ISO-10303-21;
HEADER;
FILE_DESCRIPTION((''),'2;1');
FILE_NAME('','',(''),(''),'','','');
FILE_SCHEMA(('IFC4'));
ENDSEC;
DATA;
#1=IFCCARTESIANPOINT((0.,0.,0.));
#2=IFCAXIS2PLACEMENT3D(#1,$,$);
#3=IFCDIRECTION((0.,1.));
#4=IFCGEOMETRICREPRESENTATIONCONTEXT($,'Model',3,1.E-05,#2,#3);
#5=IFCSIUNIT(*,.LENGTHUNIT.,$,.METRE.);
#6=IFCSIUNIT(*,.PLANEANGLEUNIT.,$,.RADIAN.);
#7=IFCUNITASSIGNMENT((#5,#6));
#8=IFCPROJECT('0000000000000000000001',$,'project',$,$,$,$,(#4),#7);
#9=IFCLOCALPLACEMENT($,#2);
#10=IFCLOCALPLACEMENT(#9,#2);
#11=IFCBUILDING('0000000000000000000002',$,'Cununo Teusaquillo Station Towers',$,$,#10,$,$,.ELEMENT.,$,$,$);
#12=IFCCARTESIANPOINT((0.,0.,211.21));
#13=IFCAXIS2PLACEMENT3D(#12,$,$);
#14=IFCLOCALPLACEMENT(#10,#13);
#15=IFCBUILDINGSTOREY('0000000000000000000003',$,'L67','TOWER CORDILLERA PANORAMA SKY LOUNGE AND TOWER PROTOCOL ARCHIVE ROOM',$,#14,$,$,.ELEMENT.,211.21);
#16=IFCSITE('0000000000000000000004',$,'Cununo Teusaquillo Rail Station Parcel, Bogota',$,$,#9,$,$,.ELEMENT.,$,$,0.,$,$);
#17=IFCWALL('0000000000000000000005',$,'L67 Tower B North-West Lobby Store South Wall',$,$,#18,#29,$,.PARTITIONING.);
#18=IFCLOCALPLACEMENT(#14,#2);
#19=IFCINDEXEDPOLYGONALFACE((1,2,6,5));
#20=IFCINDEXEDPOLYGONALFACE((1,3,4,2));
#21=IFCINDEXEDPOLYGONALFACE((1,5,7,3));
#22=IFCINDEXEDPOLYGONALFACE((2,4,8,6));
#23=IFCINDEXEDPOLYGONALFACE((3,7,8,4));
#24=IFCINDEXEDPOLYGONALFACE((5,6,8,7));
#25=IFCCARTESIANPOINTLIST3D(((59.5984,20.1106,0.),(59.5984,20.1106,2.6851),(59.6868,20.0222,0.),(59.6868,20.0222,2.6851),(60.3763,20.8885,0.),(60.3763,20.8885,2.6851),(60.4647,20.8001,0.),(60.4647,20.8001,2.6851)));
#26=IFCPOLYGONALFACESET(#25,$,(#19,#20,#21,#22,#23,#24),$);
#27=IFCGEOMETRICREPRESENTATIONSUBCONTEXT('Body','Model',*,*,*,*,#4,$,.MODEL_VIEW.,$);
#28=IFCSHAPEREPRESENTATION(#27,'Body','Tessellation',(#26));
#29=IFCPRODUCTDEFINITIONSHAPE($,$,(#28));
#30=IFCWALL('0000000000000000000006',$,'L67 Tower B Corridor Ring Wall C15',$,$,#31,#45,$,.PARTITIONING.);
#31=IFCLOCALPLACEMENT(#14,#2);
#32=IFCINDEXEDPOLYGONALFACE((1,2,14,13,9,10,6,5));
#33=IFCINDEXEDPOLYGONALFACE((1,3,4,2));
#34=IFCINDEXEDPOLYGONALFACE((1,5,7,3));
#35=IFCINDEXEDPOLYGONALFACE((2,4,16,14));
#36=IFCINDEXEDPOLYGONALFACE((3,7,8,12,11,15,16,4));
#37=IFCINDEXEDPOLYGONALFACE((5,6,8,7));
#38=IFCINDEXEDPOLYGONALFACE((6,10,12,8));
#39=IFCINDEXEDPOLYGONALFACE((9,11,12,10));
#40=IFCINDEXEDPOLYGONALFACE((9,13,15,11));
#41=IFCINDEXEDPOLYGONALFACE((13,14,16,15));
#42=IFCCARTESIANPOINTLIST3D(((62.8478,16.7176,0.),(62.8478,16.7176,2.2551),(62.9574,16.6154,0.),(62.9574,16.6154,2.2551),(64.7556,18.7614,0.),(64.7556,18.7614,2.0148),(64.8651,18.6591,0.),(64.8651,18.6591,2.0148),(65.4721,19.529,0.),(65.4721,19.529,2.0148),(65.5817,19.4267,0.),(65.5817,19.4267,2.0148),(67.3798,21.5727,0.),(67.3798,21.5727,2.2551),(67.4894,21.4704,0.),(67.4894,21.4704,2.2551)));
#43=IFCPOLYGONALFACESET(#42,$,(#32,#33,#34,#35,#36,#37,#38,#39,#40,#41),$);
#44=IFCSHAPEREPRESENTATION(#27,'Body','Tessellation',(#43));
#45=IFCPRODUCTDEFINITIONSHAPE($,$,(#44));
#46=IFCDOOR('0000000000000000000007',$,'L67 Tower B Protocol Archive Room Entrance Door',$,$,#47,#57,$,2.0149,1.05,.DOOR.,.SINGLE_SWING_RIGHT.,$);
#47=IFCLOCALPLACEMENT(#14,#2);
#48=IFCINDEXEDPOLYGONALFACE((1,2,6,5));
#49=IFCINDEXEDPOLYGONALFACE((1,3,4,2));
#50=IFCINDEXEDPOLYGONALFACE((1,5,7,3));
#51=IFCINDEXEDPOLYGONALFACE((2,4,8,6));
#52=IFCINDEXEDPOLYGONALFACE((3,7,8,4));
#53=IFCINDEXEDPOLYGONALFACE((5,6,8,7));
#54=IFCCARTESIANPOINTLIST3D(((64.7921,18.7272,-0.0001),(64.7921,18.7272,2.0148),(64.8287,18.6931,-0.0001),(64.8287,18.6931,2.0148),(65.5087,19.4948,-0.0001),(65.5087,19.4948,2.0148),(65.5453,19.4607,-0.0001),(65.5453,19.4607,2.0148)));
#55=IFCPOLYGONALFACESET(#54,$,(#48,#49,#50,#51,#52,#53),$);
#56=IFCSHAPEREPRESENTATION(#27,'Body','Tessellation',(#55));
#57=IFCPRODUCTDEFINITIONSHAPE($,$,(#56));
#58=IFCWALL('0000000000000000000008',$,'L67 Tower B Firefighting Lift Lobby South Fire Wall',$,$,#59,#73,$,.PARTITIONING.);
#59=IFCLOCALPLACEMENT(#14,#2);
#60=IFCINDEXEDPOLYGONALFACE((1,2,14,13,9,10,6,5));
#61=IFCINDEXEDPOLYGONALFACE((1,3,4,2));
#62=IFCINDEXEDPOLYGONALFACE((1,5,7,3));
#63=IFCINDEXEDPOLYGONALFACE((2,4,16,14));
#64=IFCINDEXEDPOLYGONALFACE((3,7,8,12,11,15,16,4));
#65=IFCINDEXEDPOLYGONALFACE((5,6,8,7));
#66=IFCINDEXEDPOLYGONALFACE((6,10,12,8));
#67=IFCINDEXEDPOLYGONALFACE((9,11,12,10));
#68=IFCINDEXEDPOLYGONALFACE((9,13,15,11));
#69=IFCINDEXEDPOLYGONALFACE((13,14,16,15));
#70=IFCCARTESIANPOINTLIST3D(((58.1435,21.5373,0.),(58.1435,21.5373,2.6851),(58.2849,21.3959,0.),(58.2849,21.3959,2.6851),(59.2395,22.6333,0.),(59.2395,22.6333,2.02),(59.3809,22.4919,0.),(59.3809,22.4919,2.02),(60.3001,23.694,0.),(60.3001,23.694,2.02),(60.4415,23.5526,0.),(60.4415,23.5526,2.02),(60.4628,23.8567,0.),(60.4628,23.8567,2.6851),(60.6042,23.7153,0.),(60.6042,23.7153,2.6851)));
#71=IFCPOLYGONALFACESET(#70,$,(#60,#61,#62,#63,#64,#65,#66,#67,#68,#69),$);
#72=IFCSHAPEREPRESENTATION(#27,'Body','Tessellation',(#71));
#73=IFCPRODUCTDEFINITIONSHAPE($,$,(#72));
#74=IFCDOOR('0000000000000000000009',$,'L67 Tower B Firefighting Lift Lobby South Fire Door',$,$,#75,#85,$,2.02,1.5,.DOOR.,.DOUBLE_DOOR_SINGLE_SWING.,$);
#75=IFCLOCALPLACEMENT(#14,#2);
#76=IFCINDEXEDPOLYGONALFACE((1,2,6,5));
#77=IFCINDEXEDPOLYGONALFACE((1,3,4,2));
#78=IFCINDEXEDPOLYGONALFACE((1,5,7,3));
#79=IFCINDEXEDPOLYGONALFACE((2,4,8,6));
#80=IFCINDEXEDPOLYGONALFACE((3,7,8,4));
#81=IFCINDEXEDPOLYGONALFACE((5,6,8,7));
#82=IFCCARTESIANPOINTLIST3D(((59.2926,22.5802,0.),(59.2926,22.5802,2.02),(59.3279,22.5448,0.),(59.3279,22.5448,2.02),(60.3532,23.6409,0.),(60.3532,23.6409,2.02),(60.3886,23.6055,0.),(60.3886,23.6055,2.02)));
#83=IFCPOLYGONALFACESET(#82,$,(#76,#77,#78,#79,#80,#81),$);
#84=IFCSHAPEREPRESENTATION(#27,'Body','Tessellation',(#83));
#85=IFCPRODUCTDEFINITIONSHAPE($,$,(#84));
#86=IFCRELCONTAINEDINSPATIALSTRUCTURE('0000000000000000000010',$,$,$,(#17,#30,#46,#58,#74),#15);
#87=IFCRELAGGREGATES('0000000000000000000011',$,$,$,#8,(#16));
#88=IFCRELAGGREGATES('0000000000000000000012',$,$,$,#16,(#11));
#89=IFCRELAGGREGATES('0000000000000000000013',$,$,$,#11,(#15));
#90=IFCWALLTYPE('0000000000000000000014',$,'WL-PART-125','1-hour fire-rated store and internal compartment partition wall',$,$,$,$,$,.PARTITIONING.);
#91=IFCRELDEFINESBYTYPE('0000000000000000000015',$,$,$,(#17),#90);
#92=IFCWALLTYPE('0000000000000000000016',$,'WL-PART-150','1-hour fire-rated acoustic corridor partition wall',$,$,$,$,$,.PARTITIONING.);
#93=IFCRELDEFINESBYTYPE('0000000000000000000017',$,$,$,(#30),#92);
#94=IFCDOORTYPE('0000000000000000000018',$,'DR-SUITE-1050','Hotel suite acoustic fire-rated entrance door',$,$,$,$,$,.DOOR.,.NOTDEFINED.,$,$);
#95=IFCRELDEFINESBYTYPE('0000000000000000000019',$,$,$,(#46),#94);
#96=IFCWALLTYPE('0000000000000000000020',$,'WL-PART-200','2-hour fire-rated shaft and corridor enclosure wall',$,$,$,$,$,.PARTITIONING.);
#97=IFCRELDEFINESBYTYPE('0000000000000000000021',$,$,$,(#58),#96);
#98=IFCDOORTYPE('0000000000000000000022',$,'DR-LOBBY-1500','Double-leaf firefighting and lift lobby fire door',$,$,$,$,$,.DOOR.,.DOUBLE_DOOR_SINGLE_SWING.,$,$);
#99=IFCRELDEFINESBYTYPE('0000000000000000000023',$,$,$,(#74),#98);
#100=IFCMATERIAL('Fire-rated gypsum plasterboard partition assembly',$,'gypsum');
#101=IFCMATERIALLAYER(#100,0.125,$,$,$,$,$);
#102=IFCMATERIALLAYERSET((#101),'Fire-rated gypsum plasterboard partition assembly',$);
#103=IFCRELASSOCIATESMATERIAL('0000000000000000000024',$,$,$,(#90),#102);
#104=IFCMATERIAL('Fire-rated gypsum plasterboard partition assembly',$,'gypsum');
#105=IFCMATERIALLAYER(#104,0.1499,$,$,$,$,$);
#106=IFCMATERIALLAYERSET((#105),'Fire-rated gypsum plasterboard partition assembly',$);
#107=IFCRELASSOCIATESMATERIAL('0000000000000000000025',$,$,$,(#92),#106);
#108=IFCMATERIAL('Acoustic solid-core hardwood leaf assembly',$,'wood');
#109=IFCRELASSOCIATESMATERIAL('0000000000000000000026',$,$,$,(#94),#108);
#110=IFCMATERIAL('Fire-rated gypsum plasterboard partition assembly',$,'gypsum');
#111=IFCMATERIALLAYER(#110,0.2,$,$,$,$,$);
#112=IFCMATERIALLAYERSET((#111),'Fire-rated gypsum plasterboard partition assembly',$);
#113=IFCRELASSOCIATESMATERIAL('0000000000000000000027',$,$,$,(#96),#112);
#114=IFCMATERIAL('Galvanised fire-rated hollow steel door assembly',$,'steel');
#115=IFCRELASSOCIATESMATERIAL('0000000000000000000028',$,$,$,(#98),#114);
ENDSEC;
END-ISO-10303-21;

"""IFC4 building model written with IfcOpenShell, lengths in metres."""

from ifc_helpers import new_model, si_unit, direction, frame, frame_2d, origin, place, context, subcontext, project, spatial, rectangle, extrude, source, transform, mapped, material, layer, layer_set, type_object, element, fill, save


model = new_model("IFC4")

# Units and contexts
model_context = context("Model", 3, precision=1e-05, world=origin(), true_north=direction((0.0, 1.0)))
body_context = subcontext(model_context, "Body", "Model", "MODEL_VIEW")
ifc_project = project(units=[si_unit("LENGTHUNIT", "METRE"), si_unit("PLANEANGLEUNIT", "RADIAN")], contexts=[model_context])

# Site, building, storey
site_placement = place(None, origin())
site = spatial("IfcSite", under=ifc_project, at=site_placement, Name="Cununo Teusaquillo Rail Station Parcel, Bogota", CompositionType="ELEMENT", RefElevation=0.0)
building_placement = place(site_placement, origin())
building = spatial("IfcBuilding", under=site, at=building_placement, Name="Cununo Teusaquillo Station Towers", CompositionType="ELEMENT")
storey_placement = place(building_placement, frame((0.0, 0.0, 211.21)))
storey = spatial("IfcBuildingStorey", under=building, at=storey_placement, Name="L67", Description="TOWER CORDILLERA PANORAMA SKY LOUNGE AND TOWER PROTOCOL ARCHIVE ROOM", CompositionType="ELEMENT", Elevation=211.21)

# Shared definitions
ifc_material_1 = material(Name="Fire-rated gypsum plasterboard partition assembly", Category="gypsum")
ifc_layer_1 = layer(ifc_material_1, 0.125)
ifc_layer_set_1 = layer_set([ifc_layer_1], Name="Fire-rated gypsum plasterboard partition assembly")
wall_type_1 = type_object("IfcWallType", Name="WL-PART-125", Description="1-hour fire-rated store and internal compartment partition wall", PredefinedType="PARTITIONING", material=ifc_layer_set_1)

# Wall
wall_1_placement = place(storey_placement, frame((59.6426, 20.0664, 0.0), z_axis=(0.0, 0.0, 1.0), x_axis=(0.707107, 0.707107, 0.0)))
element("IfcWall", 1, at=wall_1_placement, inside=storey, type_object=wall_type_1, Name="L67 Tower B North-West Lobby Store South Wall", PredefinedType="PARTITIONING", context=body_context, shape_type="SweptSolid", body=[
    extrude(rectangle(XDim=1.1001, YDim=0.125, at=frame_2d((0.55, 0.0))), origin(), (0.0, 0.0, 1.0), 2.6851),
])

# Walls, openings, doors
ifc_material_2 = material(Name="Fire-rated gypsum plasterboard partition assembly", Category="gypsum")
ifc_layer_2 = layer(ifc_material_2, 0.1499)
ifc_layer_set_2 = layer_set([ifc_layer_2], Name="Fire-rated gypsum plasterboard partition assembly")
wall_type_2 = type_object("IfcWallType", Name="WL-PART-150", Description="1-hour fire-rated acoustic corridor partition wall", PredefinedType="PARTITIONING", material=ifc_layer_set_2)
wall_2_placement = place(storey_placement, frame((62.9026, 16.6665, 0.0), z_axis=(0.0, 0.0, 1.0), x_axis=(0.682372, 0.731005, 0.0)))
wall_2 = element("IfcWall", 2, at=wall_2_placement, inside=storey, type_object=wall_type_2, Name="L67 Tower B Corridor Ring Wall C15", PredefinedType="PARTITIONING", context=body_context, shape_type="SweptSolid", body=[
    extrude(rectangle(XDim=6.6416, YDim=0.1499, at=frame_2d((3.3208, 0.0))), origin(), (0.0, 0.0, 1.0), 2.2551),
])
shared_shape_1 = source(origin(), body_context, "Body", "SweptSolid", [
    extrude(rectangle(XDim=1.05, YDim=2.0149, at=frame_2d((0.5249, 1.0073))), frame((0.0, 0.085, 0.0), z_axis=(0.0, -1.0, 0.0), x_axis=(1.0, 0.0, 0.0)), (0.0, 0.0, 1.0), 0.1699),
])
opening_1_placement = place(wall_2_placement, frame((2.7959, 0.0, 0.0)))
opening_1 = element("IfcOpeningElement", 3, at=opening_1_placement, cuts=wall_2, PredefinedType="OPENING", context=body_context, shape_type="MappedRepresentation", body=[
    mapped(shared_shape_1, transform((0.0, 0.0, 0.0), x_axis=(1.0, 0.0, 0.0), y_axis=(0.0, 1.0, 0.0), z_axis=(0.0, 0.0, 1.0), scale=1.0)),
])
ifc_material_3 = material(Name="Acoustic solid-core hardwood leaf assembly", Category="wood")
door_type_1 = type_object("IfcDoorType", Name="DR-SUITE-1050", Description="Hotel suite acoustic fire-rated entrance door", OperationType="NOTDEFINED", PredefinedType="DOOR", material=ifc_material_3)
shared_shape_2 = source(origin(), body_context, "Body", "SweptSolid", [
    extrude(rectangle(XDim=1.05, YDim=2.0149, at=frame_2d((0.5249, 1.0073))), frame((0.0, 0.0249, 0.0), z_axis=(0.0, -1.0, 0.0), x_axis=(1.0, 0.0, 0.0)), (0.0, 0.0, 1.0), 0.05),
])
door_1_placement = place(opening_1_placement, origin())
door_1 = element("IfcDoor", 4, at=door_1_placement, inside=storey, type_object=door_type_1, Name="L67 Tower B Protocol Archive Room Entrance Door", OperationType="SINGLE_SWING_RIGHT", OverallHeight=2.0149, OverallWidth=1.05, PredefinedType="DOOR", context=body_context, shape_type="MappedRepresentation", body=[
    mapped(shared_shape_2, transform((0.0, 0.0, 0.0), x_axis=(1.0, 0.0, 0.0), y_axis=(0.0, 1.0, 0.0), z_axis=(0.0, 0.0, 1.0), scale=1.0)),
])
fill(opening_1, door_1)
ifc_material_4 = material(Name="Fire-rated gypsum plasterboard partition assembly", Category="gypsum")
ifc_layer_3 = layer(ifc_material_4, 0.2)
ifc_layer_set_3 = layer_set([ifc_layer_3], Name="Fire-rated gypsum plasterboard partition assembly")
wall_type_3 = type_object("IfcWallType", Name="WL-PART-200", Description="2-hour fire-rated shaft and corridor enclosure wall", PredefinedType="PARTITIONING", material=ifc_layer_set_3)
wall_3_placement = place(storey_placement, frame((58.2141, 21.4666, 0.0), z_axis=(0.0, 0.0, 1.0), x_axis=(0.707107, 0.707107, 0.0)))
wall_3 = element("IfcWall", 5, at=wall_3_placement, inside=storey, type_object=wall_type_3, Name="L67 Tower B Firefighting Lift Lobby South Fire Wall", PredefinedType="PARTITIONING", context=body_context, shape_type="SweptSolid", body=[
    extrude(rectangle(XDim=3.28, YDim=0.2, at=frame_2d((1.6401, 0.0))), origin(), (0.0, 0.0, 1.0), 2.6851),
])
shared_shape_3 = source(origin(), body_context, "Body", "SweptSolid", [
    extrude(rectangle(XDim=1.5, YDim=2.02, at=frame_2d((0.75, 1.01))), frame((0.0, 0.1099, 0.0), z_axis=(0.0, -1.0, 0.0), x_axis=(1.0, 0.0, 0.0)), (0.0, 0.0, 1.0), 0.22),
])
opening_2_placement = place(wall_3_placement, frame((1.55, 0.0, 0.0)))
opening_2 = element("IfcOpeningElement", 6, at=opening_2_placement, cuts=wall_3, PredefinedType="OPENING", context=body_context, shape_type="MappedRepresentation", body=[
    mapped(shared_shape_3, transform((0.0, 0.0, 0.0), x_axis=(1.0, 0.0, 0.0), y_axis=(0.0, 1.0, 0.0), z_axis=(0.0, 0.0, 1.0), scale=1.0)),
])
ifc_material_5 = material(Name="Galvanised fire-rated hollow steel door assembly", Category="steel")
door_type_2 = type_object("IfcDoorType", Name="DR-LOBBY-1500", Description="Double-leaf firefighting and lift lobby fire door", OperationType="DOUBLE_DOOR_SINGLE_SWING", PredefinedType="DOOR", material=ifc_material_5)
shared_shape_4 = source(origin(), body_context, "Body", "SweptSolid", [
    extrude(rectangle(XDim=1.5, YDim=2.02, at=frame_2d((0.75, 1.01))), frame((0.0, 0.0249, 0.0), z_axis=(0.0, -1.0, 0.0), x_axis=(1.0, 0.0, 0.0)), (0.0, 0.0, 1.0), 0.05),
])
door_2_placement = place(opening_2_placement, origin())
door_2 = element("IfcDoor", 7, at=door_2_placement, inside=storey, type_object=door_type_2, Name="L67 Tower B Firefighting Lift Lobby South Fire Door", OperationType="DOUBLE_DOOR_SINGLE_SWING", OverallHeight=2.02, OverallWidth=1.5, PredefinedType="DOOR", context=body_context, shape_type="MappedRepresentation", body=[
    mapped(shared_shape_4, transform((0.0, 0.0, 0.0), x_axis=(1.0, 0.0, 0.0), y_axis=(0.0, 1.0, 0.0), z_axis=(0.0, 0.0, 1.0), scale=1.0)),
])
fill(opening_2, door_2)

save(model, "model.ifc")
